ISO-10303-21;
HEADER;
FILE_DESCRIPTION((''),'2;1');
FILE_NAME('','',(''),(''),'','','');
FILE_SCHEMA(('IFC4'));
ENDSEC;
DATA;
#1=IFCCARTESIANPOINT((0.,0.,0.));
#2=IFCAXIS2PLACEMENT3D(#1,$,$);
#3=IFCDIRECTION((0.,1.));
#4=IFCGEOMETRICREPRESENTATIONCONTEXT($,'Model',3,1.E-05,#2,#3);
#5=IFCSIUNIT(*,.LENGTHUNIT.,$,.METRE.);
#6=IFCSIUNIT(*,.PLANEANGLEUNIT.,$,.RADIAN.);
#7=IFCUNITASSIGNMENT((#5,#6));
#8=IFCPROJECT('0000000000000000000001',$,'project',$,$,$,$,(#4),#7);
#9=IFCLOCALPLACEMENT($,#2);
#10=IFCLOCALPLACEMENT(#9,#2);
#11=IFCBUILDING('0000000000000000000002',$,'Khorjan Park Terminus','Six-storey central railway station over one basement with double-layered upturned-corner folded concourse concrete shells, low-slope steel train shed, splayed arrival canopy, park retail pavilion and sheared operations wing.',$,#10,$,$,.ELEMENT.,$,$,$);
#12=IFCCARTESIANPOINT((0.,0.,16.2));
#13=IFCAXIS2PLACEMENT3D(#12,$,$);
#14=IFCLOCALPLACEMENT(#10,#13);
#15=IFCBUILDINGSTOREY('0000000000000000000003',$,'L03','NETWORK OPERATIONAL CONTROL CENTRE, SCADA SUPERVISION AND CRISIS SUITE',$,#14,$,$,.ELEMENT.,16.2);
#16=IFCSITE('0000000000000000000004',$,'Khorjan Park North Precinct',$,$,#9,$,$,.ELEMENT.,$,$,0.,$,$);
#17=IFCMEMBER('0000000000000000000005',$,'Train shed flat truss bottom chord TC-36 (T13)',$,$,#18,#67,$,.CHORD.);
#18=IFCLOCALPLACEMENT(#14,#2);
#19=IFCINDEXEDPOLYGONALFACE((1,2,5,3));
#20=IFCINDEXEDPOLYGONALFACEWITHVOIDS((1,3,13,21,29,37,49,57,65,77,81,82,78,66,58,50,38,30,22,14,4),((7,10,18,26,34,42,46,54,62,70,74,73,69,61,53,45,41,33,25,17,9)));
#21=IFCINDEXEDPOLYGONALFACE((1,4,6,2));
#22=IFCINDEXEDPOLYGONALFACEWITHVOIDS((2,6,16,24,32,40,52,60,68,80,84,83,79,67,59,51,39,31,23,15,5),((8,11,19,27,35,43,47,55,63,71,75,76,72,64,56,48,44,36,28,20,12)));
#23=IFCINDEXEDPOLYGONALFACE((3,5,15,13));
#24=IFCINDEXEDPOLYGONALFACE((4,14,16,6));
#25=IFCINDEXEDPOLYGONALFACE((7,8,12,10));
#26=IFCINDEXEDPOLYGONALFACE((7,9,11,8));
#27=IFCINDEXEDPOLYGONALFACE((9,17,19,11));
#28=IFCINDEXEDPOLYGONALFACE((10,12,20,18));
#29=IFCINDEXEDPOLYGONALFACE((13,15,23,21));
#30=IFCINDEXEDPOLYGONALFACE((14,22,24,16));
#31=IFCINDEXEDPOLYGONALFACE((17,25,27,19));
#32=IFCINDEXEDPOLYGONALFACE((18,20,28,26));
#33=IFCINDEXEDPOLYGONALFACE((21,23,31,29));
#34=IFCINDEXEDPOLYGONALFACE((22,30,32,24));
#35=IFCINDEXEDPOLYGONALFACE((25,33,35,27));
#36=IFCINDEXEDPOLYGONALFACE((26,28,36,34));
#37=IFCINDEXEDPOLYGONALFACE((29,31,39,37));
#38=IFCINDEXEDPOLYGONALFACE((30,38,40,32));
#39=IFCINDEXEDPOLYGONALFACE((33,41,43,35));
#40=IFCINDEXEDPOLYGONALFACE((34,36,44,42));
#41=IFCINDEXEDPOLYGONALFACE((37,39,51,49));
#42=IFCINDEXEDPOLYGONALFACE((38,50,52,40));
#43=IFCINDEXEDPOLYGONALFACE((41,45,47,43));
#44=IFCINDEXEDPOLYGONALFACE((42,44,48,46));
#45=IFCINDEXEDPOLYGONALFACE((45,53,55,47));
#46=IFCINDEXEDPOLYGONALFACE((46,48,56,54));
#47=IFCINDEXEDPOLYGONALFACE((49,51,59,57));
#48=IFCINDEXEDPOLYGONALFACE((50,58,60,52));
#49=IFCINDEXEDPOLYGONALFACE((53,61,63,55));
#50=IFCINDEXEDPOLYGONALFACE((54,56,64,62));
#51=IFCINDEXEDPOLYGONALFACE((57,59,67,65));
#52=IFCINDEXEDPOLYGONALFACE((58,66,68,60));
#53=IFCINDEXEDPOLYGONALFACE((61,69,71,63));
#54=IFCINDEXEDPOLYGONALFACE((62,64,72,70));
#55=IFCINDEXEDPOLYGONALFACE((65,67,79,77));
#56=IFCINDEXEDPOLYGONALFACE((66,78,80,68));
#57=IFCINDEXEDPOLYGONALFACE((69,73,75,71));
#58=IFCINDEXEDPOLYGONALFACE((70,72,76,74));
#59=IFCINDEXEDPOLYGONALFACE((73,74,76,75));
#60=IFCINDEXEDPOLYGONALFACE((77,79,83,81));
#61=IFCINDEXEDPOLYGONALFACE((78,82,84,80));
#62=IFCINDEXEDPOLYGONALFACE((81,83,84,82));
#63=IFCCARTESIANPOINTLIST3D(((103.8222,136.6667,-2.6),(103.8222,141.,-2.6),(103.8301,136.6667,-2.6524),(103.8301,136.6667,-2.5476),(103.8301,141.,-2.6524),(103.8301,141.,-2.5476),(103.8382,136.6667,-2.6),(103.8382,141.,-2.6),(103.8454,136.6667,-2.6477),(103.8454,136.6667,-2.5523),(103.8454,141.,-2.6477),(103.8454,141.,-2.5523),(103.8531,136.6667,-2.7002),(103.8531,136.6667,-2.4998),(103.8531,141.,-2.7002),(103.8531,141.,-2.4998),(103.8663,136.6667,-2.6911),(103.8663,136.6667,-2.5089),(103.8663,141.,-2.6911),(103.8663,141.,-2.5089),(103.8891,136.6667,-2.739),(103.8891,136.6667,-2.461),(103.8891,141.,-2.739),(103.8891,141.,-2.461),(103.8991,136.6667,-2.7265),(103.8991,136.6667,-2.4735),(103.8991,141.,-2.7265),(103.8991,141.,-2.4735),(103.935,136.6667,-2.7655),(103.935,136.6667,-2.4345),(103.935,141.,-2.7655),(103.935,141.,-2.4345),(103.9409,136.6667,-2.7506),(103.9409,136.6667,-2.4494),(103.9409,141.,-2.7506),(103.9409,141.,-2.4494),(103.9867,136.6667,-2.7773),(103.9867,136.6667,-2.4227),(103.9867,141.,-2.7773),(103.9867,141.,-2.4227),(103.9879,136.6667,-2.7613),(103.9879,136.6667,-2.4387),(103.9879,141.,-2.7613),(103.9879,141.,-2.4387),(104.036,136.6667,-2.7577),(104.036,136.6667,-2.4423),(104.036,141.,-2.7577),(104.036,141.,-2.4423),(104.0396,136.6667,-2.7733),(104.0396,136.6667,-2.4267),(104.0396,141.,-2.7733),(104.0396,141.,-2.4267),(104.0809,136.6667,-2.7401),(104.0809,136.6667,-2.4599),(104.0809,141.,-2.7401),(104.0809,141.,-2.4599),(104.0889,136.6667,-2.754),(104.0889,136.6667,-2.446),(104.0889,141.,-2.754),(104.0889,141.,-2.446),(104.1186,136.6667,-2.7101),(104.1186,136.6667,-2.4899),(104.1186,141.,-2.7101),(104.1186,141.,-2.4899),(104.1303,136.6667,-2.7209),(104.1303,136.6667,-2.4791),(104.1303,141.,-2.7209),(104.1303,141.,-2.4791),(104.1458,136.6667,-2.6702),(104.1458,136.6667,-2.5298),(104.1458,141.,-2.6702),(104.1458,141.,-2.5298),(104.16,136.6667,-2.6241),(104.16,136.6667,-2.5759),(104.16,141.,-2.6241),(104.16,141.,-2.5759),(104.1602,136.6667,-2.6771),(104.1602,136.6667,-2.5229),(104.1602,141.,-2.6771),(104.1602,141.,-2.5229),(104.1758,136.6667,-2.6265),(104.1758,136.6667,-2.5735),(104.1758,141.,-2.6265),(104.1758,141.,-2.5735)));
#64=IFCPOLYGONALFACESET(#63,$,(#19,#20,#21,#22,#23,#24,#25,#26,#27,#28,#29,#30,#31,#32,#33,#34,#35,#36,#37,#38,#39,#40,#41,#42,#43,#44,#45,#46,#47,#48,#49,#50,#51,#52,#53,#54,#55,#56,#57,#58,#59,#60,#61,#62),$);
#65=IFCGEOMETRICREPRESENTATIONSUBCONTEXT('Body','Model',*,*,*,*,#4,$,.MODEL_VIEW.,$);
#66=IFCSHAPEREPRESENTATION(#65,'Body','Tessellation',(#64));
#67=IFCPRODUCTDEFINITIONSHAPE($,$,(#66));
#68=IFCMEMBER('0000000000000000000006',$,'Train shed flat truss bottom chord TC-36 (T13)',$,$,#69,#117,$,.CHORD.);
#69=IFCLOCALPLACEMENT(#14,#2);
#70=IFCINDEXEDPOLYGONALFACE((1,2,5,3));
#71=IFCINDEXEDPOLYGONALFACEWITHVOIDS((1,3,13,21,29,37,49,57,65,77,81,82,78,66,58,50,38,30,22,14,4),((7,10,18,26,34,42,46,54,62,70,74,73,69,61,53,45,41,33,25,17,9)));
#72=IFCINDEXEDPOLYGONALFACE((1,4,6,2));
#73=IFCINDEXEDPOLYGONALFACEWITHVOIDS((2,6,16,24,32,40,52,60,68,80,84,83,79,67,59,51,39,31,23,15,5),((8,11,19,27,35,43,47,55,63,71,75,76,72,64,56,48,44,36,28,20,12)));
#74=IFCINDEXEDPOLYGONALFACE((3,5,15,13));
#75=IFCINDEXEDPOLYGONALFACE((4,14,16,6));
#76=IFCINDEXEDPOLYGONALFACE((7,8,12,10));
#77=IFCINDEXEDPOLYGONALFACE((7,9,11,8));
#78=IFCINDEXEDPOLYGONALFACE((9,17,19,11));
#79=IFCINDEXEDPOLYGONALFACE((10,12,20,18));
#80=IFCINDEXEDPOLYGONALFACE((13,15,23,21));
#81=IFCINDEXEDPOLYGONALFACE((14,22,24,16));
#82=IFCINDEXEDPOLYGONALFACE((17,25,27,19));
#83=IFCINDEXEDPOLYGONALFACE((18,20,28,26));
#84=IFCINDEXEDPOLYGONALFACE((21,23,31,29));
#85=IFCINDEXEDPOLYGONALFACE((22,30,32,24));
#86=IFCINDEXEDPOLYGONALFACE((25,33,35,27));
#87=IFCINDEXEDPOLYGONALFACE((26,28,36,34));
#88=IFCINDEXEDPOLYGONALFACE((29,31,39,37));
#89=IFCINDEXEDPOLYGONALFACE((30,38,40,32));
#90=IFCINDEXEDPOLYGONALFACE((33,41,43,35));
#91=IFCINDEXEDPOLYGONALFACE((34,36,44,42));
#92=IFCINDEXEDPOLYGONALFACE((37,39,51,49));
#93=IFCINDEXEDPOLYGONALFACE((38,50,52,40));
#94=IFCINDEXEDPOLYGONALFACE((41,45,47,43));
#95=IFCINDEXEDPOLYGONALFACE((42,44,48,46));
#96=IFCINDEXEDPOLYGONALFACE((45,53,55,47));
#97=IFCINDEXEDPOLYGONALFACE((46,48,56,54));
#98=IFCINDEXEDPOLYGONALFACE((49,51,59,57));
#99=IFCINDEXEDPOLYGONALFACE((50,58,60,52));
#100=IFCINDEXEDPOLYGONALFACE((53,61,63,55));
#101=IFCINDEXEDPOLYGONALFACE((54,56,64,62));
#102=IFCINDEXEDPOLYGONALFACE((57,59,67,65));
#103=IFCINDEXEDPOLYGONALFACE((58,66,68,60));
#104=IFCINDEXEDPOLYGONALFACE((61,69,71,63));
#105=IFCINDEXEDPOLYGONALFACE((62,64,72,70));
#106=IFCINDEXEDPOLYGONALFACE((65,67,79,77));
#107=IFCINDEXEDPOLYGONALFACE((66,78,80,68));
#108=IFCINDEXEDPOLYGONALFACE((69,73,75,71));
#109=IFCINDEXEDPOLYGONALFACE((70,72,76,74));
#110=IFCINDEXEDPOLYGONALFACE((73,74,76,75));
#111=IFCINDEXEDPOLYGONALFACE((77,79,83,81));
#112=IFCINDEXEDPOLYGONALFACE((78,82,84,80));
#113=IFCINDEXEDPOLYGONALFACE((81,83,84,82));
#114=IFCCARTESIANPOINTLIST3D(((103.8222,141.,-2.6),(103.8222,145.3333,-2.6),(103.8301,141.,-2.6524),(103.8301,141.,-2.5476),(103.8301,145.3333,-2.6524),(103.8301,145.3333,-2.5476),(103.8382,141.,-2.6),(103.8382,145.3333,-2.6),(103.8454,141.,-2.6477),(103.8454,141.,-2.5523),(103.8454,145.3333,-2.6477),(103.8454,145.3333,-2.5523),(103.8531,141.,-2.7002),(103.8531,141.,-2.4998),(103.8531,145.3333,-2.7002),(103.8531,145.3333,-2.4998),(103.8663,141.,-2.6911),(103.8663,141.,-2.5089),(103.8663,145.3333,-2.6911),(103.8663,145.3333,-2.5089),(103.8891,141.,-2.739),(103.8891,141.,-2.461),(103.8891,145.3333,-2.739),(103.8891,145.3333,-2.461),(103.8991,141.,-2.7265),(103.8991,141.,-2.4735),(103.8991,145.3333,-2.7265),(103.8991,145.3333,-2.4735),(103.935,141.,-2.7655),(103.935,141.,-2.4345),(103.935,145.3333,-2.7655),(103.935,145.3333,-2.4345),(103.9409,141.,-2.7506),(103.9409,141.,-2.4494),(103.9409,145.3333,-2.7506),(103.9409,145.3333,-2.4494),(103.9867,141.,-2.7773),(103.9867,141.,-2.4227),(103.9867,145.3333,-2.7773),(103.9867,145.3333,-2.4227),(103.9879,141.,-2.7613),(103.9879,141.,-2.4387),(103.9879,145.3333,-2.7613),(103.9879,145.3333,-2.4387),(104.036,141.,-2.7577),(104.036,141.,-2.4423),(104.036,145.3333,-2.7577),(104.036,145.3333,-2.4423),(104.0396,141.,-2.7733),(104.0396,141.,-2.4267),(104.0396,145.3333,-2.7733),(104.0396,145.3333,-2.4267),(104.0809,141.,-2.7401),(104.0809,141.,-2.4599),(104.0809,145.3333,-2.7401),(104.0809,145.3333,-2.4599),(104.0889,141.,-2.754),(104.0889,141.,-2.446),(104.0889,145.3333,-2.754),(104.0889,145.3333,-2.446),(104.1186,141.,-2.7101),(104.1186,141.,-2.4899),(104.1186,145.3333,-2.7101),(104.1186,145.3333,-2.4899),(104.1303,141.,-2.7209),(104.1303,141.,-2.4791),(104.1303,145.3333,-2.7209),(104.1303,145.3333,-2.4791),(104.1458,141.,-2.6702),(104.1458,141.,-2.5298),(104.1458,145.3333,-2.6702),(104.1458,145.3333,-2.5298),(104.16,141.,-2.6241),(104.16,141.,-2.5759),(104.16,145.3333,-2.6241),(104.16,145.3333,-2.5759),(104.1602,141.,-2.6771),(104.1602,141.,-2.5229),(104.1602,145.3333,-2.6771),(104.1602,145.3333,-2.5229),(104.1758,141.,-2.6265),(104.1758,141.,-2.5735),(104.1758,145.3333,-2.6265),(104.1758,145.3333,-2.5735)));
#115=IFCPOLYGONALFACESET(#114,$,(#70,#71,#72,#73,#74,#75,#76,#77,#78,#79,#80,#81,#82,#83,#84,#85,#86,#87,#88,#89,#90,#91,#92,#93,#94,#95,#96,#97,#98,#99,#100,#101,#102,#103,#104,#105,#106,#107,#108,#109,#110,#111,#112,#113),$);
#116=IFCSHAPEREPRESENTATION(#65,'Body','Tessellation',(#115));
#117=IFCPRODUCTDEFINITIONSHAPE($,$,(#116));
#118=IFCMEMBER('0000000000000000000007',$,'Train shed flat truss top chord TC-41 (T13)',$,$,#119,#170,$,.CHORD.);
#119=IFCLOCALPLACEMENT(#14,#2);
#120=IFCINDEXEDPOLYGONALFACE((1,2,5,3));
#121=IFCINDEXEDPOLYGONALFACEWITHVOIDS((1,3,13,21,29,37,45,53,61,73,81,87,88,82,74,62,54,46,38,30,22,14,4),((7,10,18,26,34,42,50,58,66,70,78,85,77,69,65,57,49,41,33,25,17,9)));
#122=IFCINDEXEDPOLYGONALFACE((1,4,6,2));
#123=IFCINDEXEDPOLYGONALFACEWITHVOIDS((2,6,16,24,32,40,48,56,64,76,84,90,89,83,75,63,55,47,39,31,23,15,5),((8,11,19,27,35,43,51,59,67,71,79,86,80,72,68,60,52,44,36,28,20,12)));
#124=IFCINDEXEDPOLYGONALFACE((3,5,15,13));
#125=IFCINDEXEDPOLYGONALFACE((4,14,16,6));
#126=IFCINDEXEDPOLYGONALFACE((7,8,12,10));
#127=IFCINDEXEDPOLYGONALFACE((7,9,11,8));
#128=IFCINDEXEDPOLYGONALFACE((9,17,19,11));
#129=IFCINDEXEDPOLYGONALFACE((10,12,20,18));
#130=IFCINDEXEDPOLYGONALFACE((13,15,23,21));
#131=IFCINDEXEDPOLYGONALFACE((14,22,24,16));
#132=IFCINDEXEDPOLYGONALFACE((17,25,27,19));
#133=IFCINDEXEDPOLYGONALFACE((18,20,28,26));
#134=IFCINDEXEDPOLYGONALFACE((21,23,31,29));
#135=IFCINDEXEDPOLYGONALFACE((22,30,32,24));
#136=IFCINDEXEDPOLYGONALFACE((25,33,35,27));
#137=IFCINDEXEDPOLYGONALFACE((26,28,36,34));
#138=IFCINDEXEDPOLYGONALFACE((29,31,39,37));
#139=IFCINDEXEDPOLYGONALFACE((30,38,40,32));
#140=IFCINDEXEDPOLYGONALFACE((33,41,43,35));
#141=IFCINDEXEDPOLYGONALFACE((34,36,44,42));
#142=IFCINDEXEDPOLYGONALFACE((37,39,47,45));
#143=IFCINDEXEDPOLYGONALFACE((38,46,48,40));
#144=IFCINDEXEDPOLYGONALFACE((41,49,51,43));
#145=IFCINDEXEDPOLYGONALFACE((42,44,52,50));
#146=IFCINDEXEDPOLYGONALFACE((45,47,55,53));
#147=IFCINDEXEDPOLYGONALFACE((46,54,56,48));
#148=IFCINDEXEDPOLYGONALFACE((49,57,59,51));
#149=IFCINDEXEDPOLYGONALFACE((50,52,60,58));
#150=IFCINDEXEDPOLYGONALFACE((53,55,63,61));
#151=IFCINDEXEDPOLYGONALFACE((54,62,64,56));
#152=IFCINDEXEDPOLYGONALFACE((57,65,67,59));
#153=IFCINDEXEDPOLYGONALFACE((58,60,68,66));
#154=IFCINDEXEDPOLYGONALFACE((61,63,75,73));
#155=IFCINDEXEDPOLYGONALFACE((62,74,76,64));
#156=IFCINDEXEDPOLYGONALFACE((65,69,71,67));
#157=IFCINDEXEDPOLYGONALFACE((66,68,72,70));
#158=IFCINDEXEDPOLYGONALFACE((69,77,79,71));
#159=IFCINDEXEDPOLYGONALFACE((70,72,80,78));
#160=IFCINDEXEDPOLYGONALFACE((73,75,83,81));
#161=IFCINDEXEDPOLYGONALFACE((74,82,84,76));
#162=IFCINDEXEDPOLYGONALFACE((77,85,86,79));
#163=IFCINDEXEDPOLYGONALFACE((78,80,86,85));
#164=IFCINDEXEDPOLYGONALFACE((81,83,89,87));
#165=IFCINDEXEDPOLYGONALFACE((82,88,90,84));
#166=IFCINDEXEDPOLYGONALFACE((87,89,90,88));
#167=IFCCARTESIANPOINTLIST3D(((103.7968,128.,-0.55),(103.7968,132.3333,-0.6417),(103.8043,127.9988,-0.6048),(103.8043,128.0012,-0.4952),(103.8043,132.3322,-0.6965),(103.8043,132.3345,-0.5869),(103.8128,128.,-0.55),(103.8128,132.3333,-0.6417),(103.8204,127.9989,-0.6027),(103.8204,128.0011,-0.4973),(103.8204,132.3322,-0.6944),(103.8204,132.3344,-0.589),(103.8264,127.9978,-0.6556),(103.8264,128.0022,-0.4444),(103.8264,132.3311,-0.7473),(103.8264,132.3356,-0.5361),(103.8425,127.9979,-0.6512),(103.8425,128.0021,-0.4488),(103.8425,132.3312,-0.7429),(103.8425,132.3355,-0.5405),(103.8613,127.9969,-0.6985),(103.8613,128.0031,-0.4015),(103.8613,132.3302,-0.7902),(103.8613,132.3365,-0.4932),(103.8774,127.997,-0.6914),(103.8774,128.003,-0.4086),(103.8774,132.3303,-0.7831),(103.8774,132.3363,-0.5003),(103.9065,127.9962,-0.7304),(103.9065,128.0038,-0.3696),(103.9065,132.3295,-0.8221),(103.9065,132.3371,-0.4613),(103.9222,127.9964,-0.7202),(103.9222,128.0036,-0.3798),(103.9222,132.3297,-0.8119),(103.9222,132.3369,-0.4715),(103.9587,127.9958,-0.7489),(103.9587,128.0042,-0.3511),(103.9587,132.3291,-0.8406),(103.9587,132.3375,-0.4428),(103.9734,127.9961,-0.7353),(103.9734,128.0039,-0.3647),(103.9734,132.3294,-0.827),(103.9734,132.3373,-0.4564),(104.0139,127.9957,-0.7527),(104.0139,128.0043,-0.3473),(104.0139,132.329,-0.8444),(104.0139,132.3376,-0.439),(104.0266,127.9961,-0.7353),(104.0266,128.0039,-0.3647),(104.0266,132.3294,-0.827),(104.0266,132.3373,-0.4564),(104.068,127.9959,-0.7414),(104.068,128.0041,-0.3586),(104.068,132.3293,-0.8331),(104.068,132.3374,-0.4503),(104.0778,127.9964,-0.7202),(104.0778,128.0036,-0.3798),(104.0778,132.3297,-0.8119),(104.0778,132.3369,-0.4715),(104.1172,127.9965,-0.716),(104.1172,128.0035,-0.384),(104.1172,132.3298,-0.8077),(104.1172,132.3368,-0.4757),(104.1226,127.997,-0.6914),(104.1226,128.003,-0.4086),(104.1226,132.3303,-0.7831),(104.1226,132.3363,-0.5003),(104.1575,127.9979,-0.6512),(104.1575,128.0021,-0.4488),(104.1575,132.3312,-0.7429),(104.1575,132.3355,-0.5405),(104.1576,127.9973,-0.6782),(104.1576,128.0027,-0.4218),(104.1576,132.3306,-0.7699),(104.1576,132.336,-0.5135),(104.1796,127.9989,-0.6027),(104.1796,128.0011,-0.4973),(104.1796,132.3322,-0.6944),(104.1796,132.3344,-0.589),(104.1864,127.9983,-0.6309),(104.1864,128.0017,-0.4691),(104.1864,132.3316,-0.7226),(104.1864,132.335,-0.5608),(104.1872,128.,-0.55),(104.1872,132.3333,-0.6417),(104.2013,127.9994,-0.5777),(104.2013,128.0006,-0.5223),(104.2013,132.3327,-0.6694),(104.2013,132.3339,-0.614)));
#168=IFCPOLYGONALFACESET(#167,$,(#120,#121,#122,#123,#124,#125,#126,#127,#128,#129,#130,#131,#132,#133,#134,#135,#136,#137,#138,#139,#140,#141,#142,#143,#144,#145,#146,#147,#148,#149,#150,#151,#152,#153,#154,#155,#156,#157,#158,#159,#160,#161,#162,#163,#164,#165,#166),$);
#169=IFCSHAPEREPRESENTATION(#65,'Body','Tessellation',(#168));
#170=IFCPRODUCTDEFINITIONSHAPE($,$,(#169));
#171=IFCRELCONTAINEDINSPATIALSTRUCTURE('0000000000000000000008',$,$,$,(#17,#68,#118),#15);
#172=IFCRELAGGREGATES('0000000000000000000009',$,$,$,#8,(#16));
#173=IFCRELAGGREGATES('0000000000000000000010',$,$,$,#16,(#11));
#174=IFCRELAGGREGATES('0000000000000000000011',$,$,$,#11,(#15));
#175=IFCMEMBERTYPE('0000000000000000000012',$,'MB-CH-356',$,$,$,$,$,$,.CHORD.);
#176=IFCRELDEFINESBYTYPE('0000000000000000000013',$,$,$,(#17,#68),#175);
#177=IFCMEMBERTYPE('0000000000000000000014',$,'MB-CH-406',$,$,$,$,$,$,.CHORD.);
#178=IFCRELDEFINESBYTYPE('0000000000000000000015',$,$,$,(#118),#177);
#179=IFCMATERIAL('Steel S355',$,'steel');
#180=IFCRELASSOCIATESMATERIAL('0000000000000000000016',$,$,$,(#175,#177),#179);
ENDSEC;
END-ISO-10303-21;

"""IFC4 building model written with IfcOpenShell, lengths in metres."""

from ifc_helpers import new_model, si_unit, direction, frame, origin, origin_2d, place, context, subcontext, project, spatial, hollow_circle, extrude, material, material_profile, profile_set, type_object, element, save


model = new_model("IFC4")

# Units and contexts
model_context = context("Model", 3, precision=1e-05, world=origin(), true_north=direction((0.0, 1.0)))
body_context = subcontext(model_context, "Body", "Model", "MODEL_VIEW")
ifc_project = project(units=[si_unit("LENGTHUNIT", "METRE"), si_unit("PLANEANGLEUNIT", "RADIAN")], contexts=[model_context])

# Site, building, storey
site_placement = place(None, origin())
site = spatial("IfcSite", under=ifc_project, at=site_placement, Name="Khorjan Park North Precinct", CompositionType="ELEMENT", RefElevation=0.0)
building_placement = place(site_placement, origin())
building = spatial("IfcBuilding", under=site, at=building_placement, Name="Khorjan Park Terminus", Description="Six-storey central railway station over one basement with double-layered upturned-corner folded concourse concrete shells, low-slope steel train shed, splayed arrival canopy, park retail pavilion and sheared operations wing.", CompositionType="ELEMENT")
storey_placement = place(building_placement, frame((0.0, 0.0, 16.2)))
storey = spatial("IfcBuildingStorey", under=building, at=storey_placement, Name="L03", Description="NETWORK OPERATIONAL CONTROL CENTRE, SCADA SUPERVISION AND CRISIS SUITE", CompositionType="ELEMENT", Elevation=16.2)

# Members
ifc_material = material(Name="Steel S355", Category="steel")
ifc_material_profile_1 = material_profile(ifc_material, hollow_circle(Radius=0.1778, WallThickness=0.016, at=origin_2d()), Name="CHS 355.6x16")
ifc_profile_set_1 = profile_set([ifc_material_profile_1], Name="Steel S355")
member_type_1 = type_object("IfcMemberType", Name="MB-CH-356", PredefinedType="CHORD", material=ifc_profile_set_1)
for number, where, z_axis, x_axis, name in (
    (1, (104.0, 136.6667, -2.6), (0.0, 1.0, 0.0), (-1.0, 0.0, 0.0), "Train shed flat truss bottom chord TC-36 (T13)"),
    (2, (104.0, 141.0, -2.6), (0.0, 1.0, 0.0), (-1.0, 0.0, 0.0), "Train shed flat truss bottom chord TC-36 (T13)"),
):
    element("IfcMember", number, at=place(storey_placement, frame(where, z_axis=z_axis, x_axis=x_axis)), inside=storey, type_object=member_type_1, Name=name, PredefinedType="CHORD", context=body_context, shape_type="SweptSolid", body=[
        extrude(hollow_circle(Radius=0.1778, WallThickness=0.016, at=origin_2d()), origin(), (0.0, 0.0, 1.0), 4.3333),
    ])
ifc_material_profile_2 = material_profile(ifc_material, hollow_circle(Radius=0.2032, WallThickness=0.016, at=origin_2d()), Name="CHS 406.4x16")
ifc_profile_set_2 = profile_set([ifc_material_profile_2], Name="Steel S355")
member_type_2 = type_object("IfcMemberType", Name="MB-CH-406", PredefinedType="CHORD", material=ifc_profile_set_2)
member_1_placement = place(storey_placement, frame((104.0, 128.0, -0.55), z_axis=(0.0, 0.999776, -0.021157), x_axis=(-1.0, 0.0, 0.0)))
element("IfcMember", 3, at=member_1_placement, inside=storey, type_object=member_type_2, Name="Train shed flat truss top chord TC-41 (T13)", PredefinedType="CHORD", context=body_context, shape_type="SweptSolid", body=[
    extrude(hollow_circle(Radius=0.2032, WallThickness=0.016, at=origin_2d()), origin(), (0.0, 0.0, 1.0), 4.3343),
])

save(model, "model.ifc")
